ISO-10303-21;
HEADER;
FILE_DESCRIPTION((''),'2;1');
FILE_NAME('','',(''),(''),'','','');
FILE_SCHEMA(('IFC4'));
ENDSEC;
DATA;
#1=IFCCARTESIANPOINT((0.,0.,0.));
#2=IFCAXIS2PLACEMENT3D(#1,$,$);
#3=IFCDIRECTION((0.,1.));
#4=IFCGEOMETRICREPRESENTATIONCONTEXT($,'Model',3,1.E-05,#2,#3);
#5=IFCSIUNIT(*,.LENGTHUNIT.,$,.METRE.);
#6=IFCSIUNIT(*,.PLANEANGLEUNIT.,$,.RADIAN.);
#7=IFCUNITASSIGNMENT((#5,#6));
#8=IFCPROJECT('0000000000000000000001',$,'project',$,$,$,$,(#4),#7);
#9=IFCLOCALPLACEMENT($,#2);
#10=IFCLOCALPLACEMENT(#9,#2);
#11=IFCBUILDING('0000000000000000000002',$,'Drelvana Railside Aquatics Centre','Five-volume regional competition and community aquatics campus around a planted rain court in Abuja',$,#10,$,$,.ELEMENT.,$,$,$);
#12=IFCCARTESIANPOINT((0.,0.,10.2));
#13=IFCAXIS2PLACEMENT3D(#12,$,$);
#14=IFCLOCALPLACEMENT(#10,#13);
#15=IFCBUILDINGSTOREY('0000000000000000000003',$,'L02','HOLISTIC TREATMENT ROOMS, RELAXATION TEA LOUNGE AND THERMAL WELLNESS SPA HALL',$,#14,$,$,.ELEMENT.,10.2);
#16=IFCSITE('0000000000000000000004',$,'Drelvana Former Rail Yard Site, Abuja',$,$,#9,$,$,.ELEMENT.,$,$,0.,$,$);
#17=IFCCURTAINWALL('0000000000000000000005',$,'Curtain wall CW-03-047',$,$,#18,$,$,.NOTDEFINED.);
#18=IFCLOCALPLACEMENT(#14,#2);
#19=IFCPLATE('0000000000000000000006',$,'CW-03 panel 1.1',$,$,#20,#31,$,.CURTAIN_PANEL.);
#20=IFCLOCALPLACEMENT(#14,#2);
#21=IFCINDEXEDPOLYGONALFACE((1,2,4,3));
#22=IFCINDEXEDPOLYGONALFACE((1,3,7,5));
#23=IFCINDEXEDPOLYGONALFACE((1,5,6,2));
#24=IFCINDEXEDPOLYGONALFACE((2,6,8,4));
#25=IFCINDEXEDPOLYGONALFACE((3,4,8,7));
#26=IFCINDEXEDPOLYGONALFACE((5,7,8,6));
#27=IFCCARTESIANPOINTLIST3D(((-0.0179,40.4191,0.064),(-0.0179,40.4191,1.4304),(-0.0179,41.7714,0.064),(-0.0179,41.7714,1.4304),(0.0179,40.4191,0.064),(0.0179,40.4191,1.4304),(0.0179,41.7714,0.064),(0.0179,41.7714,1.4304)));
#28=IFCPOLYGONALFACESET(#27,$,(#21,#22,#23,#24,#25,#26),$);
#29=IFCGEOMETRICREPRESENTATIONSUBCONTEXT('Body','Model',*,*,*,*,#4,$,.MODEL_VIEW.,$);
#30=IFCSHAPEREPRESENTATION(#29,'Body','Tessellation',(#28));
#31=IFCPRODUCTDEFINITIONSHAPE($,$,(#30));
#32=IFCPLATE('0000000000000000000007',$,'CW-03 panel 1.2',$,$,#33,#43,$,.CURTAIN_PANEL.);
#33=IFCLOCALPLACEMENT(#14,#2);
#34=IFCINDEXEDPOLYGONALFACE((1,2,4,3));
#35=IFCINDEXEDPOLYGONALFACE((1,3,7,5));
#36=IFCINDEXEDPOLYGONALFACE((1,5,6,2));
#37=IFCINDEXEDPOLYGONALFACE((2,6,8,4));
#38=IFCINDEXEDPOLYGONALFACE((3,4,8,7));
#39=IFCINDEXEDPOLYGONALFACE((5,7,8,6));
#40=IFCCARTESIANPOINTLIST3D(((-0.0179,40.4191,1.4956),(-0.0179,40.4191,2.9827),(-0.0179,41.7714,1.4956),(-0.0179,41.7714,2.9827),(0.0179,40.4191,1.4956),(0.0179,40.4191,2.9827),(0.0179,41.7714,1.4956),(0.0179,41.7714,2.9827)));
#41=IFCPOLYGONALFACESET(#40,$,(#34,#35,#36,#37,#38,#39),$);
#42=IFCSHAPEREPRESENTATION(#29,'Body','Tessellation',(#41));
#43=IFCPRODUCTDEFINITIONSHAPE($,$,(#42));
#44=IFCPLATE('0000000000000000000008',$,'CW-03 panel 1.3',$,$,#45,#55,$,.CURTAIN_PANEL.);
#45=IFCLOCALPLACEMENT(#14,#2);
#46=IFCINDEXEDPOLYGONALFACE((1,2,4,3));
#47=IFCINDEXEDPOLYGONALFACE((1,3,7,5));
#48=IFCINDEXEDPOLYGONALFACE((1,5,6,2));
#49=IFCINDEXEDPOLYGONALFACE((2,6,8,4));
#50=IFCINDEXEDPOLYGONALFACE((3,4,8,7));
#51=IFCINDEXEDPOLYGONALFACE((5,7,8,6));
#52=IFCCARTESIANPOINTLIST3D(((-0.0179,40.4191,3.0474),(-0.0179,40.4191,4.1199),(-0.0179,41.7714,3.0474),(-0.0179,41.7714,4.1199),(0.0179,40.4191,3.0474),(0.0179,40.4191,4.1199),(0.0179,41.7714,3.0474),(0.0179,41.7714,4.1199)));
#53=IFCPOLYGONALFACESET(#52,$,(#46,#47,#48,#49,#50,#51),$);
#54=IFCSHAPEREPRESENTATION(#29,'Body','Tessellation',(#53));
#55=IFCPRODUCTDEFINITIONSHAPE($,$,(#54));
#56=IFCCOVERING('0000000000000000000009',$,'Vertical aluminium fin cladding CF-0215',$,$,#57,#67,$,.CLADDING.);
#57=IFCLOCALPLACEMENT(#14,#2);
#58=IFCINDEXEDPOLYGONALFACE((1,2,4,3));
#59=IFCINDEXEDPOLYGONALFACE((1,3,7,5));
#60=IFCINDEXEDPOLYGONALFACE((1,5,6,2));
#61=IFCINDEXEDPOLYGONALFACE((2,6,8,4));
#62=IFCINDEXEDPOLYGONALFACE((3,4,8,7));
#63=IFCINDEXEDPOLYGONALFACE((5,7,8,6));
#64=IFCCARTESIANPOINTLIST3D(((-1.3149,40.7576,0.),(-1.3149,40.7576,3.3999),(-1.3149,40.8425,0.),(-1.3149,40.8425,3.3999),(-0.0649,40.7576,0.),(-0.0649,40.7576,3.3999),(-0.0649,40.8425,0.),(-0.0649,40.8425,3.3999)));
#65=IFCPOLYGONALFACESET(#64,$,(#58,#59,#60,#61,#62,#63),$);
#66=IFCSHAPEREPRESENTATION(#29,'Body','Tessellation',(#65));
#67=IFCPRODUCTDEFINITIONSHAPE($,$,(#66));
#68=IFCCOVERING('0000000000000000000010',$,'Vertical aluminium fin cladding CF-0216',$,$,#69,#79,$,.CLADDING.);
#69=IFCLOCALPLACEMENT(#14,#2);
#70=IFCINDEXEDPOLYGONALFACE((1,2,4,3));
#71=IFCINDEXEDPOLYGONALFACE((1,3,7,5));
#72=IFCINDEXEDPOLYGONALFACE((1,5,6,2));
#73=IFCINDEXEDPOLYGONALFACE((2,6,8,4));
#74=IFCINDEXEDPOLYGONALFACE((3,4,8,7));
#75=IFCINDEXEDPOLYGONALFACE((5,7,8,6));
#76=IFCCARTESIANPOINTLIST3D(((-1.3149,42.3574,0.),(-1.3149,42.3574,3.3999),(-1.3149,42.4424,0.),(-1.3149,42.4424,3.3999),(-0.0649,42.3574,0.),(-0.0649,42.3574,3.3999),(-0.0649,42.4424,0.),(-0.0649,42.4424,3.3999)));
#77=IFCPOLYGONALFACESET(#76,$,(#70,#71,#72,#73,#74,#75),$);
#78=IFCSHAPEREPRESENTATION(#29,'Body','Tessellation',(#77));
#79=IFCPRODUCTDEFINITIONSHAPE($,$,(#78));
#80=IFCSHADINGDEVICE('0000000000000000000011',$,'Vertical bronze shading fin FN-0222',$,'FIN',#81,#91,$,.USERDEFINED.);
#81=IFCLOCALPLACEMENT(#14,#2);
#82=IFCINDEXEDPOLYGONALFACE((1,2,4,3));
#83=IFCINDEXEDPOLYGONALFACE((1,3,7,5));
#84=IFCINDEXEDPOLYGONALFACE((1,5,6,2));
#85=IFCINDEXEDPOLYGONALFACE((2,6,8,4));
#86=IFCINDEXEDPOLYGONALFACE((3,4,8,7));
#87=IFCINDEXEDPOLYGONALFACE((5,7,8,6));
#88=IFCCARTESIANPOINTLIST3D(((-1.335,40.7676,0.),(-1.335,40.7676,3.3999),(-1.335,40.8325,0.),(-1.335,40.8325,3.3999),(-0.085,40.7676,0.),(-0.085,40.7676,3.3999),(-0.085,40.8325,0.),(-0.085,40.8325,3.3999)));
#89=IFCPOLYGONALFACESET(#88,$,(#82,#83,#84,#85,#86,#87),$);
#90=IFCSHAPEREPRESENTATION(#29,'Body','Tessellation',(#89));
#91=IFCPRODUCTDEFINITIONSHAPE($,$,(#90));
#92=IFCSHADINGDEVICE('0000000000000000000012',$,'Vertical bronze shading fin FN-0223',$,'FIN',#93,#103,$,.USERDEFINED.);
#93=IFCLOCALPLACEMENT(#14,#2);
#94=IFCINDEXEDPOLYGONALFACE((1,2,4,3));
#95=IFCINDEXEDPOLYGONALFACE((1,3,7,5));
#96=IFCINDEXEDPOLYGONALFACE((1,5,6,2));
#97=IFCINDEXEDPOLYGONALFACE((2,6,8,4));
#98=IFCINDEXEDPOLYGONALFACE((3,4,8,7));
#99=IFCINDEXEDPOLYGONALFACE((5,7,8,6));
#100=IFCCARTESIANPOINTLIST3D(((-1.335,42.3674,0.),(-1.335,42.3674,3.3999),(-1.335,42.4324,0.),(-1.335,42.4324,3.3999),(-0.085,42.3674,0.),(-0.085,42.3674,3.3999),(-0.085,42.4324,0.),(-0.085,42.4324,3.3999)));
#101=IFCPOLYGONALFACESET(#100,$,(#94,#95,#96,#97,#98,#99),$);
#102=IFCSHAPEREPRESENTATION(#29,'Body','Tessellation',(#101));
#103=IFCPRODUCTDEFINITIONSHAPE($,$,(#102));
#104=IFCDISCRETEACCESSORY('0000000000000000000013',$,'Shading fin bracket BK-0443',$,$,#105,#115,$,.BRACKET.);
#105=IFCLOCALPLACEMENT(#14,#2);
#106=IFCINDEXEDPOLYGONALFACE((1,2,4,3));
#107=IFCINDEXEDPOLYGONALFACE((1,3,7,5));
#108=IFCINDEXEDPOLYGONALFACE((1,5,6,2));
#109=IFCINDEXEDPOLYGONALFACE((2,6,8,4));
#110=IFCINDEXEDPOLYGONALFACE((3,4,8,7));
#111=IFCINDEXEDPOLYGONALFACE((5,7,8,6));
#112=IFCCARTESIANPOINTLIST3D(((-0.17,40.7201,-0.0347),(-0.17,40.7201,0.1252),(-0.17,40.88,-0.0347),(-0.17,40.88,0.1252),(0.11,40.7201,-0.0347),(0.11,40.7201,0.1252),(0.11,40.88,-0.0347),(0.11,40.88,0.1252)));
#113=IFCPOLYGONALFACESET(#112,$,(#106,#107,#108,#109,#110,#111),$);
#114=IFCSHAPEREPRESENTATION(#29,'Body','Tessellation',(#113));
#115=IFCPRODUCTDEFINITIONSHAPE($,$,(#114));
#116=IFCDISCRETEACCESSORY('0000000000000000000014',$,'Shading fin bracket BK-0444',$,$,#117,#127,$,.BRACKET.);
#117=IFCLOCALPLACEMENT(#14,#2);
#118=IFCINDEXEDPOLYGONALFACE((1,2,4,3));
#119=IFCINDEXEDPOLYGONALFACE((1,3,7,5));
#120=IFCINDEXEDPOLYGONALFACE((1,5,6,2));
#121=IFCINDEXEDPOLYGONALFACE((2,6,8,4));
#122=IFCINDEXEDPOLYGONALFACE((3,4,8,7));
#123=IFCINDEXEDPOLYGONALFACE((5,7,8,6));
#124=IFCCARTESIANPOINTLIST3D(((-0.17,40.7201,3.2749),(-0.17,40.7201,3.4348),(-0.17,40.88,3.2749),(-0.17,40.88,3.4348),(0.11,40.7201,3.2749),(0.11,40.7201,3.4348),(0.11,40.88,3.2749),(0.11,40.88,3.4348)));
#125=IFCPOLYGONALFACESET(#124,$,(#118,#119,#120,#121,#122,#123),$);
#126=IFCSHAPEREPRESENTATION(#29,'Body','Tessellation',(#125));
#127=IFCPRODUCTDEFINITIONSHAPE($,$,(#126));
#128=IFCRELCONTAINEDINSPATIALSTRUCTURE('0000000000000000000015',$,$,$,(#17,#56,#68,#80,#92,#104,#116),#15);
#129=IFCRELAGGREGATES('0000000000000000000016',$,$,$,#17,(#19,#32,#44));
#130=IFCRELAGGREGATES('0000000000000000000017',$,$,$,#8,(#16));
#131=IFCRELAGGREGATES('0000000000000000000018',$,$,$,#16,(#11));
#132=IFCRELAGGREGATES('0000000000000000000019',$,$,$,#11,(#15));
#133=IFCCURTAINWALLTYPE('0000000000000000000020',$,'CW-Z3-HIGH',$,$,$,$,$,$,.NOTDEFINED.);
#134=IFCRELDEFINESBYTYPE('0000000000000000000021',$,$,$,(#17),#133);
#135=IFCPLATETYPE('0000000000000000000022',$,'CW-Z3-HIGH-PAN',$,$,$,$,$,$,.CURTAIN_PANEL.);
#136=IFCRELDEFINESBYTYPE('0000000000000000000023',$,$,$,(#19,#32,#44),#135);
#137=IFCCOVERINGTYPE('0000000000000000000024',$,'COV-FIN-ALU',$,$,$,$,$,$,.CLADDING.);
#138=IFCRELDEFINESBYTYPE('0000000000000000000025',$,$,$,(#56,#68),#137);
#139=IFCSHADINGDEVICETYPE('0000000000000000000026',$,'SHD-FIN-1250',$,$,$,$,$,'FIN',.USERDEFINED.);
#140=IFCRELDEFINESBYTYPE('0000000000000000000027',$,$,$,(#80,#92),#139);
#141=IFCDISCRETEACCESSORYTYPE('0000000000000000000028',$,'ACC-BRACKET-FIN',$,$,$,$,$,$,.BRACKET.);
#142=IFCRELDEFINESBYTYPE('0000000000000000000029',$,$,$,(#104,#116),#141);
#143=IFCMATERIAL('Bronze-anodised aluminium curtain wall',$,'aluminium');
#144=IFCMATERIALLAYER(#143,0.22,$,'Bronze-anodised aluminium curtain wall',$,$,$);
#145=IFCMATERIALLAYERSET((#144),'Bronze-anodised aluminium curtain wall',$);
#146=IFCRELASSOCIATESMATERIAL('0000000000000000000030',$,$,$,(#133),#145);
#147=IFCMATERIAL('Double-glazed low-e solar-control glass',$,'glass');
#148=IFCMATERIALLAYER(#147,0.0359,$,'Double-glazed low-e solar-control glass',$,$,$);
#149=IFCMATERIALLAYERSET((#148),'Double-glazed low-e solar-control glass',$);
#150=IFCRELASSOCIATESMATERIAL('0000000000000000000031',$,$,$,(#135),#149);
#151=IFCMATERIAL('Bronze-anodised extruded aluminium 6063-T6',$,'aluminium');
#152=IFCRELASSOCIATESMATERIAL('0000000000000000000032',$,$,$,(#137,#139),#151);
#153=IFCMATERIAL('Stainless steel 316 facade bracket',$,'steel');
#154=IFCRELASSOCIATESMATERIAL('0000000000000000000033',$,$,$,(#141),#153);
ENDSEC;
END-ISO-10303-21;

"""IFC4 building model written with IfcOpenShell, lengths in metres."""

from ifc_helpers import new_model, si_unit, direction, frame, origin, origin_2d, place, context, subcontext, project, spatial, rectangle, extrude, material, layer, layer_set, type_object, element, aggregate, save


model = new_model("IFC4")

# Units and contexts
model_context = context("Model", 3, precision=1e-05, world=origin(), true_north=direction((0.0, 1.0)))
body_context = subcontext(model_context, "Body", "Model", "MODEL_VIEW")
ifc_project = project(units=[si_unit("LENGTHUNIT", "METRE"), si_unit("PLANEANGLEUNIT", "RADIAN")], contexts=[model_context])

# Site, building, storey
site_placement = place(None, origin())
site = spatial("IfcSite", under=ifc_project, at=site_placement, Name="Drelvana Former Rail Yard Site, Abuja", CompositionType="ELEMENT", RefElevation=0.0)
building_placement = place(site_placement, origin())
building = spatial("IfcBuilding", under=site, at=building_placement, Name="Drelvana Railside Aquatics Centre", Description="Five-volume regional competition and community aquatics campus around a planted rain court in Abuja", CompositionType="ELEMENT")
storey_placement = place(building_placement, frame((0.0, 0.0, 10.2)))
storey = spatial("IfcBuildingStorey", under=building, at=storey_placement, Name="L02", Description="HOLISTIC TREATMENT ROOMS, RELAXATION TEA LOUNGE AND THERMAL WELLNESS SPA HALL", CompositionType="ELEMENT", Elevation=10.2)

# Shared definitions
ifc_material_1 = material(Name="Bronze-anodised aluminium curtain wall", Category="aluminium")
ifc_layer_1 = layer(ifc_material_1, 0.22, Name="Bronze-anodised aluminium curtain wall")
ifc_layer_set_1 = layer_set([ifc_layer_1], Name="Bronze-anodised aluminium curtain wall")
curtain_wall_type = type_object("IfcCurtainWallType", Name="CW-Z3-HIGH", PredefinedType="NOTDEFINED", material=ifc_layer_set_1)

# Curtain wall
curtain_wall_1_placement = place(storey_placement, origin())
curtain_wall_1 = element("IfcCurtainWall", 1, at=curtain_wall_1_placement, inside=storey, type_object=curtain_wall_type, Name="Curtain wall CW-03-047", PredefinedType="NOTDEFINED")

# Plates
ifc_material_2 = material(Name="Double-glazed low-e solar-control glass", Category="glass")
ifc_layer_2 = layer(ifc_material_2, 0.0359, Name="Double-glazed low-e solar-control glass")
ifc_layer_set_2 = layer_set([ifc_layer_2], Name="Double-glazed low-e solar-control glass")
plate_type = type_object("IfcPlateType", Name="CW-Z3-HIGH-PAN", PredefinedType="CURTAIN_PANEL", material=ifc_layer_set_2)
plate_1_placement = place(storey_placement, frame((0.0, 41.0952, 0.064), z_axis=(0.0, 0.0, 1.0), x_axis=(0.0, 1.0, 0.0)))
plate_1 = element("IfcPlate", 2, at=plate_1_placement, type_object=plate_type, Name="CW-03 panel 1.1", PredefinedType="CURTAIN_PANEL", context=body_context, shape_type="SweptSolid", body=[
    extrude(rectangle(XDim=1.3523, YDim=0.0359, at=origin_2d()), origin(), (0.0, 0.0, 1.0), 1.3665),
])
plate_2_placement = place(storey_placement, frame((0.0, 41.0952, 1.4956), z_axis=(0.0, 0.0, 1.0), x_axis=(0.0, 1.0, 0.0)))
plate_2 = element("IfcPlate", 3, at=plate_2_placement, type_object=plate_type, Name="CW-03 panel 1.2", PredefinedType="CURTAIN_PANEL", context=body_context, shape_type="SweptSolid", body=[
    extrude(rectangle(XDim=1.3523, YDim=0.0359, at=origin_2d()), origin(), (0.0, 0.0, 1.0), 1.4871),
])
plate_3_placement = place(storey_placement, frame((0.0, 41.0952, 3.0474), z_axis=(0.0, 0.0, 1.0), x_axis=(0.0, 1.0, 0.0)))
plate_3 = element("IfcPlate", 4, at=plate_3_placement, type_object=plate_type, Name="CW-03 panel 1.3", PredefinedType="CURTAIN_PANEL", context=body_context, shape_type="SweptSolid", body=[
    extrude(rectangle(XDim=1.3523, YDim=0.0359, at=origin_2d()), origin(), (0.0, 0.0, 1.0), 1.0725),
])
aggregate(curtain_wall_1, [plate_1, plate_2, plate_3])

# Coverings
ifc_material_3 = material(Name="Bronze-anodised extruded aluminium 6063-T6", Category="aluminium")
covering_type = type_object("IfcCoveringType", Name="COV-FIN-ALU", PredefinedType="CLADDING", material=ifc_material_3)
for number, where, z_axis, x_axis, name in (
    (5, (-0.6899, 40.8, 0.0), (0.0, 0.0, 1.0), (0.0, 1.0, 0.0), "Vertical aluminium fin cladding CF-0215"),
    (6, (-0.6899, 42.3999, 0.0), (0.0, 0.0, 1.0), (0.0, 1.0, 0.0), "Vertical aluminium fin cladding CF-0216"),
):
    element("IfcCovering", number, at=place(storey_placement, frame(where, z_axis=z_axis, x_axis=x_axis)), inside=storey, type_object=covering_type, Name=name, PredefinedType="CLADDING", context=body_context, shape_type="SweptSolid", body=[
        extrude(rectangle(XDim=0.085, YDim=1.25, at=origin_2d()), origin(), (0.0, 0.0, 1.0), 3.3999),
    ])

# Shading devices
shading_device_type = type_object("IfcShadingDeviceType", Name="SHD-FIN-1250", ElementType="FIN", PredefinedType="USERDEFINED", material=ifc_material_3)
for number, where, z_axis, x_axis, name in (
    (7, (-0.71, 40.8, 0.0), (0.0, 0.0, 1.0), (-1.0, 0.0, 0.0), "Vertical bronze shading fin FN-0222"),
    (8, (-0.71, 42.3999, 0.0), (0.0, 0.0, 1.0), (-1.0, 0.0, 0.0), "Vertical bronze shading fin FN-0223"),
):
    element("IfcShadingDevice", number, at=place(storey_placement, frame(where, z_axis=z_axis, x_axis=x_axis)), inside=storey, type_object=shading_device_type, Name=name, ObjectType="FIN", PredefinedType="USERDEFINED", context=body_context, shape_type="SweptSolid", body=[
        extrude(rectangle(XDim=1.25, YDim=0.0649, at=origin_2d()), origin(), (0.0, 0.0, 1.0), 3.3999),
    ])

# Discrete accessories
ifc_material_4 = material(Name="Stainless steel 316 facade bracket", Category="steel")
discrete_accessory_type = type_object("IfcDiscreteAccessoryType", Name="ACC-BRACKET-FIN", PredefinedType="BRACKET", material=ifc_material_4)
for number, where, z_axis, x_axis, name in (
    (9, (-0.03, 40.8, -0.0347), (0.0, 0.0, 1.0), (-1.0, 0.0, 0.0), "Shading fin bracket BK-0443"),
    (10, (-0.03, 40.8, 3.2749), (0.0, 0.0, 1.0), (-1.0, 0.0, 0.0), "Shading fin bracket BK-0444"),
):
    element("IfcDiscreteAccessory", number, at=place(storey_placement, frame(where, z_axis=z_axis, x_axis=x_axis)), inside=storey, type_object=discrete_accessory_type, Name=name, PredefinedType="BRACKET", context=body_context, shape_type="SweptSolid", body=[
        extrude(rectangle(XDim=0.28, YDim=0.1599, at=origin_2d()), origin(), (0.0, 0.0, 1.0), 0.1599),
    ])

save(model, "model.ifc")
